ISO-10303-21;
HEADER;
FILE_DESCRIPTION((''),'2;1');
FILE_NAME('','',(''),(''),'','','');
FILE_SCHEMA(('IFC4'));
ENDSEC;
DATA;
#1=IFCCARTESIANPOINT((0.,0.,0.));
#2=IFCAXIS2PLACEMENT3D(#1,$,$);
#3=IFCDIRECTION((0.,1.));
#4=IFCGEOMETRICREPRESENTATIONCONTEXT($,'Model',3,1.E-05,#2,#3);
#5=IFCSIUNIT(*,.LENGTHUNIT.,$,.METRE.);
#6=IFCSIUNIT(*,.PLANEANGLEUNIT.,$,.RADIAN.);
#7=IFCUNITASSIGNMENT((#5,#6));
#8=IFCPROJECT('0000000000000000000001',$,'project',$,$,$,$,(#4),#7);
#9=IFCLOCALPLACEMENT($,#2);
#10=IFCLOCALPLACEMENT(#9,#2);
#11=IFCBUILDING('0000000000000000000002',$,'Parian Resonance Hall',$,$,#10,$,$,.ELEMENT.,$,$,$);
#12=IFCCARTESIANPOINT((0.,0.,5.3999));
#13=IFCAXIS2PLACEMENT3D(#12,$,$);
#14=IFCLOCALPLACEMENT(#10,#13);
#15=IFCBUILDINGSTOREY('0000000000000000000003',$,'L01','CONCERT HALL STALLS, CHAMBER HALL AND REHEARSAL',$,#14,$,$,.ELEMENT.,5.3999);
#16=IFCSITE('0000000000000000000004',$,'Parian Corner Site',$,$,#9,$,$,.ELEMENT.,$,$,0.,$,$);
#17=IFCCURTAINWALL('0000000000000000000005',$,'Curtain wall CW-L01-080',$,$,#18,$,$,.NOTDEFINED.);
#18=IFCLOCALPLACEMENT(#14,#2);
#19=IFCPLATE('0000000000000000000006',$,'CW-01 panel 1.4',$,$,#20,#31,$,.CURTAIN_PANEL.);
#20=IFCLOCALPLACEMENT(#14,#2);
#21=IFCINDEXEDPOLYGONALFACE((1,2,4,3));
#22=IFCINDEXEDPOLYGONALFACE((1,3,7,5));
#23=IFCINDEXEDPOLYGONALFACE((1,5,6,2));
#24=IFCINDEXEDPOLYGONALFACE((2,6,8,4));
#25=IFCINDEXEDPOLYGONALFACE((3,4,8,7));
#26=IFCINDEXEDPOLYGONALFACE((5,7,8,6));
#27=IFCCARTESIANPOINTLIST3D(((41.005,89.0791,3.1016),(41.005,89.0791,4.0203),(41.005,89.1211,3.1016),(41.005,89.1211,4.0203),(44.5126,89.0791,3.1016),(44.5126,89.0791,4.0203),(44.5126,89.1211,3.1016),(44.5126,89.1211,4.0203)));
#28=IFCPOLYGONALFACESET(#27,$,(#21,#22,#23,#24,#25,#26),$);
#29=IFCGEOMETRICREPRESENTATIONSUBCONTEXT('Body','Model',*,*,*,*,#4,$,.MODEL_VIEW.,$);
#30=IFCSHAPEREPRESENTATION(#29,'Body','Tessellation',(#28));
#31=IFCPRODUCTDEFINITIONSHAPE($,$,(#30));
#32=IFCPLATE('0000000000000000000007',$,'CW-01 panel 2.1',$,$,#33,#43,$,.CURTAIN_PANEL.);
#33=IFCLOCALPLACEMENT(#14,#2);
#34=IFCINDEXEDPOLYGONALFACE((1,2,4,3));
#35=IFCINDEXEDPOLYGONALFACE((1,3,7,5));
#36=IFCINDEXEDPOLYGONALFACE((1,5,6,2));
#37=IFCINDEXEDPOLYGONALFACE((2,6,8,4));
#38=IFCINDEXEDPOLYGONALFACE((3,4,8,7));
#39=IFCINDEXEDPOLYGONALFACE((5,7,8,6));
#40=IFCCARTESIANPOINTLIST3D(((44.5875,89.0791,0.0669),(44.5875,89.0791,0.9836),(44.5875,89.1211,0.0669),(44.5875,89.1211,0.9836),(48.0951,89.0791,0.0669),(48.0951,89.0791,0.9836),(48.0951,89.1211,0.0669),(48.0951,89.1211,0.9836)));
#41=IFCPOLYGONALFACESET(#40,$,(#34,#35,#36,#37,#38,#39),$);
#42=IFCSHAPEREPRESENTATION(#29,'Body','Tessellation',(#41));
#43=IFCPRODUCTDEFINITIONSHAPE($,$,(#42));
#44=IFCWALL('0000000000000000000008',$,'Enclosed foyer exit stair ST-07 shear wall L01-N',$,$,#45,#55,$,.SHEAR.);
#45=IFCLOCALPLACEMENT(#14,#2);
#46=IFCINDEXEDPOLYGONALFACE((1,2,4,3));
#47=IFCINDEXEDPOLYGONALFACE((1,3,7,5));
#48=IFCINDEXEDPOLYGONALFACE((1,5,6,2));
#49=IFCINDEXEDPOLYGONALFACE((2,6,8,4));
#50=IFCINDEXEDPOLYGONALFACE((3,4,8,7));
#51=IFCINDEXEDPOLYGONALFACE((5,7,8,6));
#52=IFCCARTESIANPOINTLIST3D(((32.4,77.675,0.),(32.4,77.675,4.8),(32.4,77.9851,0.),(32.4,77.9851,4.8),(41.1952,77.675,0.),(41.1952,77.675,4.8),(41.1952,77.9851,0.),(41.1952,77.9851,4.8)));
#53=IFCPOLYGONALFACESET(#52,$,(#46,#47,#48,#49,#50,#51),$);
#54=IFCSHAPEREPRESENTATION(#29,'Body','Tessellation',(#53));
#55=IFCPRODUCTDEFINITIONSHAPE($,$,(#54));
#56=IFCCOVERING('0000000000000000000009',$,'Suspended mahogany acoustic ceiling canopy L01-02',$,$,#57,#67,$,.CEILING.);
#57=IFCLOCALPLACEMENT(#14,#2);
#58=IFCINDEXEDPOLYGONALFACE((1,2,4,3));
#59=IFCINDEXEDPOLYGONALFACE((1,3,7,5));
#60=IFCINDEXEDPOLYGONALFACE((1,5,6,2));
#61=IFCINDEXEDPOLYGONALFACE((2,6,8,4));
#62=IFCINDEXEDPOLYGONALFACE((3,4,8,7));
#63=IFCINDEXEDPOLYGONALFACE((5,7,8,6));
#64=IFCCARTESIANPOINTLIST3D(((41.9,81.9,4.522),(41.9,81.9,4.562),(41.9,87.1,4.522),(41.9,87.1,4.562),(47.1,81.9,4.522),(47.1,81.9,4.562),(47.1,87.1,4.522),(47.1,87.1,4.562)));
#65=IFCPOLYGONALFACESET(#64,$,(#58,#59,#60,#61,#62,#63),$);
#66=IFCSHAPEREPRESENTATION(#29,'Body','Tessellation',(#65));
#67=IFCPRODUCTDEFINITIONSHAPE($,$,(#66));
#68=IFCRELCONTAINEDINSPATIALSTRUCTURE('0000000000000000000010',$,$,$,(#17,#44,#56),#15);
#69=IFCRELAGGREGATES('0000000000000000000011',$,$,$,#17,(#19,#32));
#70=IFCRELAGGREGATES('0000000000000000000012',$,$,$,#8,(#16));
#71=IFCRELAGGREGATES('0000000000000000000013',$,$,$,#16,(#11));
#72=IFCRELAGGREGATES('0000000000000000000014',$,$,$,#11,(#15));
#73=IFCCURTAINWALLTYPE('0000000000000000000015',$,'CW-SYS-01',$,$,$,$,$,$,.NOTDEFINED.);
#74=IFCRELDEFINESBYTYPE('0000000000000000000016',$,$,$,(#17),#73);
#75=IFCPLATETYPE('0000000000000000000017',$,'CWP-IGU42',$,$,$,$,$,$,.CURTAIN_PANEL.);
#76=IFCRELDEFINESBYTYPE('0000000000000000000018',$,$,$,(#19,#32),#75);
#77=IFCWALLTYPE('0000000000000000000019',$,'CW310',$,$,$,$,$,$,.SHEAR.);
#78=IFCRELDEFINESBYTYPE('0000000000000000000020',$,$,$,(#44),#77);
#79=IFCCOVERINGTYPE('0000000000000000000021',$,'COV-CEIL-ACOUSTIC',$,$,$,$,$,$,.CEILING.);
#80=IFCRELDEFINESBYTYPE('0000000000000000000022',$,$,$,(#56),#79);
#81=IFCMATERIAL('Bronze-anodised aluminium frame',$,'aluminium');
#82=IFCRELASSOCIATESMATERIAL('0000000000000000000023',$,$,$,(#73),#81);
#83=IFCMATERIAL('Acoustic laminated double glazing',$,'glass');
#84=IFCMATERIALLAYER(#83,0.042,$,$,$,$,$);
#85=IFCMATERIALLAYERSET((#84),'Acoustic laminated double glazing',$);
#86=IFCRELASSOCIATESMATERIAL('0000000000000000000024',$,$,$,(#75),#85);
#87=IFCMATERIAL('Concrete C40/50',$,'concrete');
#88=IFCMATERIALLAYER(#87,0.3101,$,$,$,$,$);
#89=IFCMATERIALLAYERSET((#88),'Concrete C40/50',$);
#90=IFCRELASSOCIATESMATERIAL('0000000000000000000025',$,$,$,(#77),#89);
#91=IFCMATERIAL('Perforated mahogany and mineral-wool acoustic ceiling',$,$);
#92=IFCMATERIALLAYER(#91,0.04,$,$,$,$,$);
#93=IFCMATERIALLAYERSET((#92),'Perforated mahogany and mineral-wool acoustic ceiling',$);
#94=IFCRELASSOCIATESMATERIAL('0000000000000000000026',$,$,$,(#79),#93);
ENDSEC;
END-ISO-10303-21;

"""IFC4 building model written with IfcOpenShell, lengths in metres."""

from ifc_helpers import new_model, si_unit, direction, frame, frame_2d, origin, origin_2d, place, context, subcontext, project, spatial, rectangle, extrude, material, layer, layer_set, type_object, element, aggregate, save


model = new_model("IFC4")

# Units and contexts
model_context = context("Model", 3, precision=1e-05, world=origin(), true_north=direction((0.0, 1.0)))
body_context = subcontext(model_context, "Body", "Model", "MODEL_VIEW")
ifc_project = project(units=[si_unit("LENGTHUNIT", "METRE"), si_unit("PLANEANGLEUNIT", "RADIAN")], contexts=[model_context])

# Site, building, storey
site_placement = place(None, origin())
site = spatial("IfcSite", under=ifc_project, at=site_placement, Name="Parian Corner Site", CompositionType="ELEMENT", RefElevation=0.0)
building_placement = place(site_placement, origin())
building = spatial("IfcBuilding", under=site, at=building_placement, Name="Parian Resonance Hall", CompositionType="ELEMENT")
storey_placement = place(building_placement, frame((0.0, 0.0, 5.3999)))
storey = spatial("IfcBuildingStorey", under=building, at=storey_placement, Name="L01", Description="CONCERT HALL STALLS, CHAMBER HALL AND REHEARSAL", CompositionType="ELEMENT", Elevation=5.3999)

# Curtain wall, plates
ifc_material_1 = material(Name="Bronze-anodised aluminium frame", Category="aluminium")
curtain_wall_type = type_object("IfcCurtainWallType", Name="CW-SYS-01", PredefinedType="NOTDEFINED", material=ifc_material_1)
curtain_wall_placement = place(storey_placement, origin())
curtain_wall = element("IfcCurtainWall", 1, at=curtain_wall_placement, inside=storey, type_object=curtain_wall_type, Name="Curtain wall CW-L01-080", PredefinedType="NOTDEFINED")
ifc_material_2 = material(Name="Acoustic laminated double glazing", Category="glass")
ifc_layer_1 = layer(ifc_material_2, 0.042)
ifc_layer_set_1 = layer_set([ifc_layer_1], Name="Acoustic laminated double glazing")
plate_type = type_object("IfcPlateType", Name="CWP-IGU42", PredefinedType="CURTAIN_PANEL", material=ifc_layer_set_1)
plate_1_placement = place(storey_placement, frame((42.7588, 89.1001, 3.1016), z_axis=(0.0, 0.0, 1.0), x_axis=(1.0, 0.0, 0.0)))
plate_1 = element("IfcPlate", 2, at=plate_1_placement, type_object=plate_type, Name="CW-01 panel 1.4", PredefinedType="CURTAIN_PANEL", context=body_context, shape_type="SweptSolid", body=[
    extrude(rectangle(XDim=3.5076, YDim=0.042, at=origin_2d()), origin(), (0.0, 0.0, 1.0), 0.9187),
])
plate_2_placement = place(storey_placement, frame((46.3413, 89.1001, 0.0669), z_axis=(0.0, 0.0, 1.0), x_axis=(1.0, 0.0, 0.0)))
plate_2 = element("IfcPlate", 3, at=plate_2_placement, type_object=plate_type, Name="CW-01 panel 2.1", PredefinedType="CURTAIN_PANEL", context=body_context, shape_type="SweptSolid", body=[
    extrude(rectangle(XDim=3.5076, YDim=0.042, at=origin_2d()), origin(), (0.0, 0.0, 1.0), 0.9167),
])
aggregate(curtain_wall, [plate_1, plate_2])

# Wall
ifc_material_3 = material(Name="Concrete C40/50", Category="concrete")
ifc_layer_2 = layer(ifc_material_3, 0.3101)
ifc_layer_set_2 = layer_set([ifc_layer_2], Name="Concrete C40/50")
wall_type = type_object("IfcWallType", Name="CW310", PredefinedType="SHEAR", material=ifc_layer_set_2)
wall_placement = place(storey_placement, frame((41.1951, 77.8301, 0.0), z_axis=(0.0, 0.0, 1.0), x_axis=(-1.0, 0.0, 0.0)))
element("IfcWall", 4, at=wall_placement, inside=storey, type_object=wall_type, Name="Enclosed foyer exit stair ST-07 shear wall L01-N", PredefinedType="SHEAR", context=body_context, shape_type="SweptSolid", body=[
    extrude(rectangle(XDim=8.7952, YDim=0.3101, at=frame_2d((4.3975, 0.0))), origin(), (0.0, 0.0, 1.0), 4.8),
])

# Covering
ifc_material_4 = material(Name="Perforated mahogany and mineral-wool acoustic ceiling")
ifc_layer_3 = layer(ifc_material_4, 0.04)
ifc_layer_set_3 = layer_set([ifc_layer_3], Name="Perforated mahogany and mineral-wool acoustic ceiling")
covering_type = type_object("IfcCoveringType", Name="COV-CEIL-ACOUSTIC", PredefinedType="CEILING", material=ifc_layer_set_3)
covering_placement = place(storey_placement, frame((44.5, 84.5, 4.522), z_axis=(0.0, 0.0, 1.0), x_axis=(1.0, 0.0, 0.0)))
element("IfcCovering", 5, at=covering_placement, inside=storey, type_object=covering_type, Name="Suspended mahogany acoustic ceiling canopy L01-02", PredefinedType="CEILING", context=body_context, shape_type="SweptSolid", body=[
    extrude(rectangle(XDim=5.2, YDim=5.2, at=origin_2d()), origin(), (0.0, 0.0, 1.0), 0.04),
])

save(model, "model.ifc")
